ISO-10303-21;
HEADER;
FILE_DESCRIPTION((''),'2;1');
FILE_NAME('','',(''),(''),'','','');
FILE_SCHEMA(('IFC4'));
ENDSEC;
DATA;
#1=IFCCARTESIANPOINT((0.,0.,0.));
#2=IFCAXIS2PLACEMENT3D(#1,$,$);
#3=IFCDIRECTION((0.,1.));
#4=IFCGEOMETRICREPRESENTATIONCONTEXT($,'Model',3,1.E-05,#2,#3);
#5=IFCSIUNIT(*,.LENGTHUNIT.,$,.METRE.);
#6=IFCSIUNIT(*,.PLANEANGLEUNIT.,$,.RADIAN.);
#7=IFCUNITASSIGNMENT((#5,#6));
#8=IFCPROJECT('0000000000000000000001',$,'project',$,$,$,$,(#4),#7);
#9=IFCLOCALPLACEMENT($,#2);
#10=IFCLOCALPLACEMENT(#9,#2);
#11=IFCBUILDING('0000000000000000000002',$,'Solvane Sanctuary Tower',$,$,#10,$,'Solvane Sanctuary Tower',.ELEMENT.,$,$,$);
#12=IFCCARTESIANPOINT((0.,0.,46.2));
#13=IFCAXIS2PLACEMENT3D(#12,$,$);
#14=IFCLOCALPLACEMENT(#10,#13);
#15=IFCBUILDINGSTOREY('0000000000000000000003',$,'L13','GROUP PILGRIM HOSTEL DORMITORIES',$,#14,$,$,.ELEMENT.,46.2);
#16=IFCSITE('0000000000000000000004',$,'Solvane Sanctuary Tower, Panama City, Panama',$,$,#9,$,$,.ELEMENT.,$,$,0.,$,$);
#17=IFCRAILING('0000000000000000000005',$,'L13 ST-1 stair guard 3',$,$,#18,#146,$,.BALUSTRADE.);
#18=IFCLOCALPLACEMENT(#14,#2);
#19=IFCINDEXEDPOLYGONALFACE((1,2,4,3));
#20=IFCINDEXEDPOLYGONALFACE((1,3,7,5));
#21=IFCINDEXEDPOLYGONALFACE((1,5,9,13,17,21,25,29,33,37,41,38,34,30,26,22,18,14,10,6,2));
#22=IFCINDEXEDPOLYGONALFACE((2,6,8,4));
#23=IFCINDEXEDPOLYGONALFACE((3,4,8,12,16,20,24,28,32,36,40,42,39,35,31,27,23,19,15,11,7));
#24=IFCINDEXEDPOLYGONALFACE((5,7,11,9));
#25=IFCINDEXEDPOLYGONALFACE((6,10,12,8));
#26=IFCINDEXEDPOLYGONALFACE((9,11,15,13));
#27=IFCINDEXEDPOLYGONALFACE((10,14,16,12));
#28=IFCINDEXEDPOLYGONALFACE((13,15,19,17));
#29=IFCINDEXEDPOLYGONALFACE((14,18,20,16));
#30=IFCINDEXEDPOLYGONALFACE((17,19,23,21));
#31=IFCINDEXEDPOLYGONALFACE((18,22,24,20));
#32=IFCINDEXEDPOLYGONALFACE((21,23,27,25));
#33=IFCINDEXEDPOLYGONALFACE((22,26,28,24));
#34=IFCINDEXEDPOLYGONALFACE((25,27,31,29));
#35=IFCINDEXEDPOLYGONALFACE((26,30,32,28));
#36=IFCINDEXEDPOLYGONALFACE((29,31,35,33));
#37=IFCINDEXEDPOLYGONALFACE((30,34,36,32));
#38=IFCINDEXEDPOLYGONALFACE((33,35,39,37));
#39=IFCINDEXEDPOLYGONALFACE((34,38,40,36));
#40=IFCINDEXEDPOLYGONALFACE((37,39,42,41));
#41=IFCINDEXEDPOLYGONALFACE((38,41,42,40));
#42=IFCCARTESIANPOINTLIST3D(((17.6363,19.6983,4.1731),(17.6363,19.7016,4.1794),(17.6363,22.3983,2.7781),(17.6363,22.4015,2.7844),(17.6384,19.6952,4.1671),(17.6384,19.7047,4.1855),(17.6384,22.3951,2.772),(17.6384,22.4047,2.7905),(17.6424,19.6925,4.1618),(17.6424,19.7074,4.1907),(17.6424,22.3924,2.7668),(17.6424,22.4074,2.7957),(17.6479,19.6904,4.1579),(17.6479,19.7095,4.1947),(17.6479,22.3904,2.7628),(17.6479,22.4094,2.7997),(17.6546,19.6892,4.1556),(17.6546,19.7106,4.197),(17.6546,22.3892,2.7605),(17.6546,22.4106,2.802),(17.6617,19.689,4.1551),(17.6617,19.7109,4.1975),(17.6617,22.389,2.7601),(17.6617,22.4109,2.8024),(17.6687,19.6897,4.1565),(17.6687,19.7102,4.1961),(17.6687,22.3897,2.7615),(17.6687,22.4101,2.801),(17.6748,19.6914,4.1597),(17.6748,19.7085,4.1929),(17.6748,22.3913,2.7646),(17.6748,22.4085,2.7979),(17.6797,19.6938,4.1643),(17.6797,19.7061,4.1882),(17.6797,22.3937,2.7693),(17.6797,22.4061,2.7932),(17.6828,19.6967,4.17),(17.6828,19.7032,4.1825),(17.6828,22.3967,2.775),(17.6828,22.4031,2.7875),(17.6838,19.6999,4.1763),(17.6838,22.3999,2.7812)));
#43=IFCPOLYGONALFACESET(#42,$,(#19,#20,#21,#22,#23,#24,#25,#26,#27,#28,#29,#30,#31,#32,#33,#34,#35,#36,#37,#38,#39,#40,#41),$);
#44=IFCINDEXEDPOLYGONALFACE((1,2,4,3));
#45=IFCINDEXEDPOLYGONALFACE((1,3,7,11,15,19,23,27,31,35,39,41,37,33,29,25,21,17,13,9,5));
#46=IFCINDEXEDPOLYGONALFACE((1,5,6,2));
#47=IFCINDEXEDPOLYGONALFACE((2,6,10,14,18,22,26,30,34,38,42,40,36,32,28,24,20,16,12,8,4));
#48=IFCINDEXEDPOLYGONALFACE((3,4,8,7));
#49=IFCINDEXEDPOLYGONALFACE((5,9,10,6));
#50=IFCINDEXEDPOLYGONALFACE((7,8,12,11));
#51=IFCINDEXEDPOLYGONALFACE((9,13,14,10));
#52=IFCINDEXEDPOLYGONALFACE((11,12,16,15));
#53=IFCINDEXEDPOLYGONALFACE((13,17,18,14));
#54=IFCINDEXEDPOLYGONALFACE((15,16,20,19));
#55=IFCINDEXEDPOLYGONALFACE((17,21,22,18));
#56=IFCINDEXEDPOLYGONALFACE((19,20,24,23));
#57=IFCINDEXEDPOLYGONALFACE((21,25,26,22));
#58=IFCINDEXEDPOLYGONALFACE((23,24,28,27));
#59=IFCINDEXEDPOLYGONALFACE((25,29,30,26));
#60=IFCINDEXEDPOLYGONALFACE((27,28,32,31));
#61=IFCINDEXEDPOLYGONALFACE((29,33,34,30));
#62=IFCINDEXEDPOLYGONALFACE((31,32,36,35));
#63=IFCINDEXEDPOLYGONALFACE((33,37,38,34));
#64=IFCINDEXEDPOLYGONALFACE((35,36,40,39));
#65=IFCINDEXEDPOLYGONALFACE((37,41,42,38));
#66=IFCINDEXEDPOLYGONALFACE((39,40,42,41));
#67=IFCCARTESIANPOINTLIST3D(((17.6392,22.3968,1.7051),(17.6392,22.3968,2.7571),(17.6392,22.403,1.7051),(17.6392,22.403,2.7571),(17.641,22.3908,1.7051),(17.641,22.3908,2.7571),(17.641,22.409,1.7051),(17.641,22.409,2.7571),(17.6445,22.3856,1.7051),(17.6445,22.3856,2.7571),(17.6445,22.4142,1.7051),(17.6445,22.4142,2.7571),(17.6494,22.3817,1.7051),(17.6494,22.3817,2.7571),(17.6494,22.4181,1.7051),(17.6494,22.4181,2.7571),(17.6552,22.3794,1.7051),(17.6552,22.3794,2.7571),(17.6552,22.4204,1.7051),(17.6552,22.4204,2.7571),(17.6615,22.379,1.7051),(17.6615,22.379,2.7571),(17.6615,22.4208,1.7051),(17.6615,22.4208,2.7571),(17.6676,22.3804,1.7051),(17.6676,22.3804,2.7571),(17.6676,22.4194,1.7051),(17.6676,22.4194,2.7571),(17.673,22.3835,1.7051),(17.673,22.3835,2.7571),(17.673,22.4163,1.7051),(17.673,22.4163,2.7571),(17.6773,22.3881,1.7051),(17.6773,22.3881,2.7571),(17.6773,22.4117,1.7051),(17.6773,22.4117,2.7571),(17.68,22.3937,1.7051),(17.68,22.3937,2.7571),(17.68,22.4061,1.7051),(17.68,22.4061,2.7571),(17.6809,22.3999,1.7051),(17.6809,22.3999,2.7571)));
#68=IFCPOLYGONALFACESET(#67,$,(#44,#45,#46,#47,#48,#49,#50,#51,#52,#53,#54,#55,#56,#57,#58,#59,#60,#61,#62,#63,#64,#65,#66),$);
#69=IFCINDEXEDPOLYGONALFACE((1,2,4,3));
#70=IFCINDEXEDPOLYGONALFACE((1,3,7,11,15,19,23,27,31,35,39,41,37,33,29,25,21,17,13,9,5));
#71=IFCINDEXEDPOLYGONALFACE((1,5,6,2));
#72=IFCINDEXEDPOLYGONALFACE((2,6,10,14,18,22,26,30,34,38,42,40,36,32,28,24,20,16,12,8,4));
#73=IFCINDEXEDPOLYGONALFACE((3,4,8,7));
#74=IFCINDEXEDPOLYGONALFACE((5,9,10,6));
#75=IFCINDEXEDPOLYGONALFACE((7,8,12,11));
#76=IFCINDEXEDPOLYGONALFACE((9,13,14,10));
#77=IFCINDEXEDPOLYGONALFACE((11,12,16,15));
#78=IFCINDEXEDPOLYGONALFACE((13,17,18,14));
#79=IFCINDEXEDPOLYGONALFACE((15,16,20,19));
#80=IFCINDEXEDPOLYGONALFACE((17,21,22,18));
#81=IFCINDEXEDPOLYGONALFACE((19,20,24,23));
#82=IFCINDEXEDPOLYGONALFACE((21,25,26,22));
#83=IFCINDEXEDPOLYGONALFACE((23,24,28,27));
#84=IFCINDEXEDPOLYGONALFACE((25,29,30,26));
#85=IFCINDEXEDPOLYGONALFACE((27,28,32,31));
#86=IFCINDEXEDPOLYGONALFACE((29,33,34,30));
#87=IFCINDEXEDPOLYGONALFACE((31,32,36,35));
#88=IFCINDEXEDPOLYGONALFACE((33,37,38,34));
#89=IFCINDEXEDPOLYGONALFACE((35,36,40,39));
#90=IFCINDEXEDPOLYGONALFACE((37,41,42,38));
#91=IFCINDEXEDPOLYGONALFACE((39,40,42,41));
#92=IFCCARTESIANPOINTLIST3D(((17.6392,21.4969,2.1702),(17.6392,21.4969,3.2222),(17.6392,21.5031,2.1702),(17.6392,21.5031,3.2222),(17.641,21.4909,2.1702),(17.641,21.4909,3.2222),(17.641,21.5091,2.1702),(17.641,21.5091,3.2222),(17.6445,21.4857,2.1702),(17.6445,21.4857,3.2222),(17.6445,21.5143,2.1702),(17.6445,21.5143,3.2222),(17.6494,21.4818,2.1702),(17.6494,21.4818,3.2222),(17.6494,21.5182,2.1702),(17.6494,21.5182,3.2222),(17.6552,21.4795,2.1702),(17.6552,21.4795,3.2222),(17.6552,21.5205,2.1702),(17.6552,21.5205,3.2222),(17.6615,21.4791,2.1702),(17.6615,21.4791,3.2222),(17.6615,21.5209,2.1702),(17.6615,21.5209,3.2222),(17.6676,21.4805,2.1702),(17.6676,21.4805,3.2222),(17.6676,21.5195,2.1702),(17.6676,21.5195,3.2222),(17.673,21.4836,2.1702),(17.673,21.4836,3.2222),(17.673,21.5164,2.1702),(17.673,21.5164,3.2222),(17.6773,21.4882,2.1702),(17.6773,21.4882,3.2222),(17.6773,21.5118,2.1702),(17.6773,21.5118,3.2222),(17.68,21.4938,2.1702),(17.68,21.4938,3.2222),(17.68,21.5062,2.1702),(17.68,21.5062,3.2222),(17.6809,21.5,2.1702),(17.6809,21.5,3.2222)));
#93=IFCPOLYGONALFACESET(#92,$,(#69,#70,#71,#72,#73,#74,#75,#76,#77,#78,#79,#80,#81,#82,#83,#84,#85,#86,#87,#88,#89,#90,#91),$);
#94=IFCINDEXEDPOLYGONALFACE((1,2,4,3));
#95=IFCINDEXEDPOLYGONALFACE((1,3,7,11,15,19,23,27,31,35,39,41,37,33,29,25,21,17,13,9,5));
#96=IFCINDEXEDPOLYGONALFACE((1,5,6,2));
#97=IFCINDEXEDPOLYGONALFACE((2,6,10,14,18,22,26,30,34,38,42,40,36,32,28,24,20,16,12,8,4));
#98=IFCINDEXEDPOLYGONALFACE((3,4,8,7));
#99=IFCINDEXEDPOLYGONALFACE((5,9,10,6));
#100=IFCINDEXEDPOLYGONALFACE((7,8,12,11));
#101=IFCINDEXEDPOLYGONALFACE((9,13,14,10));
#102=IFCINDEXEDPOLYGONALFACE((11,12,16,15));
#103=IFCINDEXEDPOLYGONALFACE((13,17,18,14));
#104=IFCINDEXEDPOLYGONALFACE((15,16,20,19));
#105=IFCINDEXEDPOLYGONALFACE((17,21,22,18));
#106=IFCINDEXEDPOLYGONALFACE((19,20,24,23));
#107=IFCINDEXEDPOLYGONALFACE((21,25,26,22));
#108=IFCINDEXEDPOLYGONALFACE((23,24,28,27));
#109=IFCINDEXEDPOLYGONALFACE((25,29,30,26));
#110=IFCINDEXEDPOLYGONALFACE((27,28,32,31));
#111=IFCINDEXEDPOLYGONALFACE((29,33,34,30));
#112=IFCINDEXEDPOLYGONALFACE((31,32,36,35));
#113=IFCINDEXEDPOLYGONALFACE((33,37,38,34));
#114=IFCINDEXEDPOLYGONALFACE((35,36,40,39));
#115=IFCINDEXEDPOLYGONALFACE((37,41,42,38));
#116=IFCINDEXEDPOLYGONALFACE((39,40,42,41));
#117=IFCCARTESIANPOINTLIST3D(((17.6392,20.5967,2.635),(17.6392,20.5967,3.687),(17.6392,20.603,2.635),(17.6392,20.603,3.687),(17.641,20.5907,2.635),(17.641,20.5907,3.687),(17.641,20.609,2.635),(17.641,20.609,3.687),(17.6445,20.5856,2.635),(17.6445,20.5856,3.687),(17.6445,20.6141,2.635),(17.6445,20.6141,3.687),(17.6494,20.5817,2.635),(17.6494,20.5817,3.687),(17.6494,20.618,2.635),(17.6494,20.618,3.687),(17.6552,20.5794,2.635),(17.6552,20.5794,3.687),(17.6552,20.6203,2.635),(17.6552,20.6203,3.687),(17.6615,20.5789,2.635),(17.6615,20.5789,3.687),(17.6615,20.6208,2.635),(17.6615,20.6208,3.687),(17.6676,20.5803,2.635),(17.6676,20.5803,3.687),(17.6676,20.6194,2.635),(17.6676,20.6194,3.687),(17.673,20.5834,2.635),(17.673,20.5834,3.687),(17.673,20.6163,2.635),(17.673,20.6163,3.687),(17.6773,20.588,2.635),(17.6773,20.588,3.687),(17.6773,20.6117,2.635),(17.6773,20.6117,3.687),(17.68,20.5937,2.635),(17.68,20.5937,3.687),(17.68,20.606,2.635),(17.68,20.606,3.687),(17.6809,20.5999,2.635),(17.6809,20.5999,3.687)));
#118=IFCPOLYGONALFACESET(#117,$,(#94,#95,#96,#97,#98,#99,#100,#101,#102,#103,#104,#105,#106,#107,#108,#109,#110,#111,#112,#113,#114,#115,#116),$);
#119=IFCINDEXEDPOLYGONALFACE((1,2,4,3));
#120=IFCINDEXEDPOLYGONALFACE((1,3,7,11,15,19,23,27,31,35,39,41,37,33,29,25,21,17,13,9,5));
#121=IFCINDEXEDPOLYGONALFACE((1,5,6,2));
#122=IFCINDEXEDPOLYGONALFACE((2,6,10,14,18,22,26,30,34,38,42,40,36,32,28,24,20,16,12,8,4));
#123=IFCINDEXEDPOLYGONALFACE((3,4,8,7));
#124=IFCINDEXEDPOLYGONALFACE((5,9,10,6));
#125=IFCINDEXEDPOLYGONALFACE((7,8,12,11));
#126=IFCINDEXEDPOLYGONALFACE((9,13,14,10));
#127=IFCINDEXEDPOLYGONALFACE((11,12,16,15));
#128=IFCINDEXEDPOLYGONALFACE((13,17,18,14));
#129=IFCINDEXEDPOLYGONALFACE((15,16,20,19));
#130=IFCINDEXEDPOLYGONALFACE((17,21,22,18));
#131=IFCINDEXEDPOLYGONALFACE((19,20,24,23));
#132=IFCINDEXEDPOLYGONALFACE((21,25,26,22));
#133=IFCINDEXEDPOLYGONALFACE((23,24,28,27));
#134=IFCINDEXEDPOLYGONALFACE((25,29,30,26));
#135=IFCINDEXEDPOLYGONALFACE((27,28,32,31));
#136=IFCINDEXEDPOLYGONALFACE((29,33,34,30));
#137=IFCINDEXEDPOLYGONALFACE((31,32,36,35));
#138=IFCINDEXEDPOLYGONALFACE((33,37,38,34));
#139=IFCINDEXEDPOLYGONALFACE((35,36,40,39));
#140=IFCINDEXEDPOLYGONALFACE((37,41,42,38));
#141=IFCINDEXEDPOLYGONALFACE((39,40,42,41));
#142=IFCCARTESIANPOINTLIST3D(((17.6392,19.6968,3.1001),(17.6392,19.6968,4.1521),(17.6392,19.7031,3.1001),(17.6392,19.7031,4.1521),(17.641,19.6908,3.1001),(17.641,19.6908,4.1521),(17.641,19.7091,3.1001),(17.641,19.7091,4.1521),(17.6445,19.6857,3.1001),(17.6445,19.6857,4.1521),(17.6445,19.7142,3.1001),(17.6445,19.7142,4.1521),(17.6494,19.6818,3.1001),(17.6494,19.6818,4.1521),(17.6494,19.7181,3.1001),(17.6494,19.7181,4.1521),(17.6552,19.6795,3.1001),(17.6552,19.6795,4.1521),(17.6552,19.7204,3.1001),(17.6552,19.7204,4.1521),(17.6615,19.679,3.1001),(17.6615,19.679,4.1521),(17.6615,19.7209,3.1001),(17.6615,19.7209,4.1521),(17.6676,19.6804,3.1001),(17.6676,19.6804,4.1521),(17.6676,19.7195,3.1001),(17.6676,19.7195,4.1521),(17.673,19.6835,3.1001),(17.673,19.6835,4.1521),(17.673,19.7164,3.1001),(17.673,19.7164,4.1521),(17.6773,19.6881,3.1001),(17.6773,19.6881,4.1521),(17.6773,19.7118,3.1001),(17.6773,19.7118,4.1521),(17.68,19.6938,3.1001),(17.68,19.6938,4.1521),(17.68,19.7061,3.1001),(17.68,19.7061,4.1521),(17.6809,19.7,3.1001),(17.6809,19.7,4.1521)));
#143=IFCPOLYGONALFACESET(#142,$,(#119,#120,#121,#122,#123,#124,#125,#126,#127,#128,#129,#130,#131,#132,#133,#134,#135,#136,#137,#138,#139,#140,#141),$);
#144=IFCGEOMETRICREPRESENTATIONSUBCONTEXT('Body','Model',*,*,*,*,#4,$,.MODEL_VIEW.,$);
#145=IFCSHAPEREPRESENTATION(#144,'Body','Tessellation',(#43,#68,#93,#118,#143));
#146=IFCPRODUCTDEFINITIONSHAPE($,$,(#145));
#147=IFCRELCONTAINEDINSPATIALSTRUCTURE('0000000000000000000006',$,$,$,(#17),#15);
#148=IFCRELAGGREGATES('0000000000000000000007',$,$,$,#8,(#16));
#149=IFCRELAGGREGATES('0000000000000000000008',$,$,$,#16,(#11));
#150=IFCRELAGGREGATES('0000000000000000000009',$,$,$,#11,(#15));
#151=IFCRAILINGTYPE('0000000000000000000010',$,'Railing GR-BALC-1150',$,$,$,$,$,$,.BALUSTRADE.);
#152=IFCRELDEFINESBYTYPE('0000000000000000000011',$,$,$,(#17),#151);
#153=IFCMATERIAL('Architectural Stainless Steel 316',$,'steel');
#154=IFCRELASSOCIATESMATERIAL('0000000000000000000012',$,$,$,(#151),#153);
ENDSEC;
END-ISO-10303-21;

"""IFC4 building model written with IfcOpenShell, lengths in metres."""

from ifc_helpers import new_model, si_unit, direction, frame, origin, origin_2d, place, context, subcontext, project, spatial, circle, extrude, material, type_object, element, save


model = new_model("IFC4")

# Units and contexts
model_context = context("Model", 3, precision=1e-05, world=origin(), true_north=direction((0.0, 1.0)))
body_context = subcontext(model_context, "Body", "Model", "MODEL_VIEW")
ifc_project = project(units=[si_unit("LENGTHUNIT", "METRE"), si_unit("PLANEANGLEUNIT", "RADIAN")], contexts=[model_context])

# Site, building, storey
site_placement = place(None, origin())
site = spatial("IfcSite", under=ifc_project, at=site_placement, Name="Solvane Sanctuary Tower, Panama City, Panama", CompositionType="ELEMENT", RefElevation=0.0)
building_placement = place(site_placement, origin())
building = spatial("IfcBuilding", under=site, at=building_placement, Name="Solvane Sanctuary Tower", LongName="Solvane Sanctuary Tower", CompositionType="ELEMENT")
storey_placement = place(building_placement, frame((0.0, 0.0, 46.2)))
storey = spatial("IfcBuildingStorey", under=building, at=storey_placement, Name="L13", Description="GROUP PILGRIM HOSTEL DORMITORIES", CompositionType="ELEMENT", Elevation=46.2)

# Shared definitions
ifc_material_1 = material(Name="Architectural Stainless Steel 316", Category="steel")

# Railing
railing_type_1 = type_object("IfcRailingType", Name="Railing GR-BALC-1150", PredefinedType="BALUSTRADE", material=ifc_material_1)
railing_1_placement = place(storey_placement, frame((17.6599, 22.3999, 1.7051)))
element("IfcRailing", 1, at=railing_1_placement, inside=storey, type_object=railing_type_1, Name="L13 ST-1 stair guard 3", PredefinedType="BALUSTRADE", context=body_context, shape_type="SweptSolid", body=[
    extrude(circle(Radius=0.0239, at=origin_2d()), frame((0.0, 0.0, 1.0762), z_axis=(0.0, -0.88842, 0.459032), x_axis=(1.0, 0.0, 0.0)), (0.0, 0.0, 1.0), 3.0391),
    extrude(circle(Radius=0.021, at=origin_2d()), origin(), (0.0, 0.0, 1.0), 1.052),
    extrude(circle(Radius=0.021, at=origin_2d()), frame((0.0, -0.8999, 0.4651)), (0.0, 0.0, 1.0), 1.052),
    extrude(circle(Radius=0.021, at=origin_2d()), frame((0.0, -1.8, 0.9299)), (0.0, 0.0, 1.0), 1.052),
    extrude(circle(Radius=0.021, at=origin_2d()), frame((0.0, -2.7, 1.395)), (0.0, 0.0, 1.0), 1.052),
])

save(model, "model.ifc")
